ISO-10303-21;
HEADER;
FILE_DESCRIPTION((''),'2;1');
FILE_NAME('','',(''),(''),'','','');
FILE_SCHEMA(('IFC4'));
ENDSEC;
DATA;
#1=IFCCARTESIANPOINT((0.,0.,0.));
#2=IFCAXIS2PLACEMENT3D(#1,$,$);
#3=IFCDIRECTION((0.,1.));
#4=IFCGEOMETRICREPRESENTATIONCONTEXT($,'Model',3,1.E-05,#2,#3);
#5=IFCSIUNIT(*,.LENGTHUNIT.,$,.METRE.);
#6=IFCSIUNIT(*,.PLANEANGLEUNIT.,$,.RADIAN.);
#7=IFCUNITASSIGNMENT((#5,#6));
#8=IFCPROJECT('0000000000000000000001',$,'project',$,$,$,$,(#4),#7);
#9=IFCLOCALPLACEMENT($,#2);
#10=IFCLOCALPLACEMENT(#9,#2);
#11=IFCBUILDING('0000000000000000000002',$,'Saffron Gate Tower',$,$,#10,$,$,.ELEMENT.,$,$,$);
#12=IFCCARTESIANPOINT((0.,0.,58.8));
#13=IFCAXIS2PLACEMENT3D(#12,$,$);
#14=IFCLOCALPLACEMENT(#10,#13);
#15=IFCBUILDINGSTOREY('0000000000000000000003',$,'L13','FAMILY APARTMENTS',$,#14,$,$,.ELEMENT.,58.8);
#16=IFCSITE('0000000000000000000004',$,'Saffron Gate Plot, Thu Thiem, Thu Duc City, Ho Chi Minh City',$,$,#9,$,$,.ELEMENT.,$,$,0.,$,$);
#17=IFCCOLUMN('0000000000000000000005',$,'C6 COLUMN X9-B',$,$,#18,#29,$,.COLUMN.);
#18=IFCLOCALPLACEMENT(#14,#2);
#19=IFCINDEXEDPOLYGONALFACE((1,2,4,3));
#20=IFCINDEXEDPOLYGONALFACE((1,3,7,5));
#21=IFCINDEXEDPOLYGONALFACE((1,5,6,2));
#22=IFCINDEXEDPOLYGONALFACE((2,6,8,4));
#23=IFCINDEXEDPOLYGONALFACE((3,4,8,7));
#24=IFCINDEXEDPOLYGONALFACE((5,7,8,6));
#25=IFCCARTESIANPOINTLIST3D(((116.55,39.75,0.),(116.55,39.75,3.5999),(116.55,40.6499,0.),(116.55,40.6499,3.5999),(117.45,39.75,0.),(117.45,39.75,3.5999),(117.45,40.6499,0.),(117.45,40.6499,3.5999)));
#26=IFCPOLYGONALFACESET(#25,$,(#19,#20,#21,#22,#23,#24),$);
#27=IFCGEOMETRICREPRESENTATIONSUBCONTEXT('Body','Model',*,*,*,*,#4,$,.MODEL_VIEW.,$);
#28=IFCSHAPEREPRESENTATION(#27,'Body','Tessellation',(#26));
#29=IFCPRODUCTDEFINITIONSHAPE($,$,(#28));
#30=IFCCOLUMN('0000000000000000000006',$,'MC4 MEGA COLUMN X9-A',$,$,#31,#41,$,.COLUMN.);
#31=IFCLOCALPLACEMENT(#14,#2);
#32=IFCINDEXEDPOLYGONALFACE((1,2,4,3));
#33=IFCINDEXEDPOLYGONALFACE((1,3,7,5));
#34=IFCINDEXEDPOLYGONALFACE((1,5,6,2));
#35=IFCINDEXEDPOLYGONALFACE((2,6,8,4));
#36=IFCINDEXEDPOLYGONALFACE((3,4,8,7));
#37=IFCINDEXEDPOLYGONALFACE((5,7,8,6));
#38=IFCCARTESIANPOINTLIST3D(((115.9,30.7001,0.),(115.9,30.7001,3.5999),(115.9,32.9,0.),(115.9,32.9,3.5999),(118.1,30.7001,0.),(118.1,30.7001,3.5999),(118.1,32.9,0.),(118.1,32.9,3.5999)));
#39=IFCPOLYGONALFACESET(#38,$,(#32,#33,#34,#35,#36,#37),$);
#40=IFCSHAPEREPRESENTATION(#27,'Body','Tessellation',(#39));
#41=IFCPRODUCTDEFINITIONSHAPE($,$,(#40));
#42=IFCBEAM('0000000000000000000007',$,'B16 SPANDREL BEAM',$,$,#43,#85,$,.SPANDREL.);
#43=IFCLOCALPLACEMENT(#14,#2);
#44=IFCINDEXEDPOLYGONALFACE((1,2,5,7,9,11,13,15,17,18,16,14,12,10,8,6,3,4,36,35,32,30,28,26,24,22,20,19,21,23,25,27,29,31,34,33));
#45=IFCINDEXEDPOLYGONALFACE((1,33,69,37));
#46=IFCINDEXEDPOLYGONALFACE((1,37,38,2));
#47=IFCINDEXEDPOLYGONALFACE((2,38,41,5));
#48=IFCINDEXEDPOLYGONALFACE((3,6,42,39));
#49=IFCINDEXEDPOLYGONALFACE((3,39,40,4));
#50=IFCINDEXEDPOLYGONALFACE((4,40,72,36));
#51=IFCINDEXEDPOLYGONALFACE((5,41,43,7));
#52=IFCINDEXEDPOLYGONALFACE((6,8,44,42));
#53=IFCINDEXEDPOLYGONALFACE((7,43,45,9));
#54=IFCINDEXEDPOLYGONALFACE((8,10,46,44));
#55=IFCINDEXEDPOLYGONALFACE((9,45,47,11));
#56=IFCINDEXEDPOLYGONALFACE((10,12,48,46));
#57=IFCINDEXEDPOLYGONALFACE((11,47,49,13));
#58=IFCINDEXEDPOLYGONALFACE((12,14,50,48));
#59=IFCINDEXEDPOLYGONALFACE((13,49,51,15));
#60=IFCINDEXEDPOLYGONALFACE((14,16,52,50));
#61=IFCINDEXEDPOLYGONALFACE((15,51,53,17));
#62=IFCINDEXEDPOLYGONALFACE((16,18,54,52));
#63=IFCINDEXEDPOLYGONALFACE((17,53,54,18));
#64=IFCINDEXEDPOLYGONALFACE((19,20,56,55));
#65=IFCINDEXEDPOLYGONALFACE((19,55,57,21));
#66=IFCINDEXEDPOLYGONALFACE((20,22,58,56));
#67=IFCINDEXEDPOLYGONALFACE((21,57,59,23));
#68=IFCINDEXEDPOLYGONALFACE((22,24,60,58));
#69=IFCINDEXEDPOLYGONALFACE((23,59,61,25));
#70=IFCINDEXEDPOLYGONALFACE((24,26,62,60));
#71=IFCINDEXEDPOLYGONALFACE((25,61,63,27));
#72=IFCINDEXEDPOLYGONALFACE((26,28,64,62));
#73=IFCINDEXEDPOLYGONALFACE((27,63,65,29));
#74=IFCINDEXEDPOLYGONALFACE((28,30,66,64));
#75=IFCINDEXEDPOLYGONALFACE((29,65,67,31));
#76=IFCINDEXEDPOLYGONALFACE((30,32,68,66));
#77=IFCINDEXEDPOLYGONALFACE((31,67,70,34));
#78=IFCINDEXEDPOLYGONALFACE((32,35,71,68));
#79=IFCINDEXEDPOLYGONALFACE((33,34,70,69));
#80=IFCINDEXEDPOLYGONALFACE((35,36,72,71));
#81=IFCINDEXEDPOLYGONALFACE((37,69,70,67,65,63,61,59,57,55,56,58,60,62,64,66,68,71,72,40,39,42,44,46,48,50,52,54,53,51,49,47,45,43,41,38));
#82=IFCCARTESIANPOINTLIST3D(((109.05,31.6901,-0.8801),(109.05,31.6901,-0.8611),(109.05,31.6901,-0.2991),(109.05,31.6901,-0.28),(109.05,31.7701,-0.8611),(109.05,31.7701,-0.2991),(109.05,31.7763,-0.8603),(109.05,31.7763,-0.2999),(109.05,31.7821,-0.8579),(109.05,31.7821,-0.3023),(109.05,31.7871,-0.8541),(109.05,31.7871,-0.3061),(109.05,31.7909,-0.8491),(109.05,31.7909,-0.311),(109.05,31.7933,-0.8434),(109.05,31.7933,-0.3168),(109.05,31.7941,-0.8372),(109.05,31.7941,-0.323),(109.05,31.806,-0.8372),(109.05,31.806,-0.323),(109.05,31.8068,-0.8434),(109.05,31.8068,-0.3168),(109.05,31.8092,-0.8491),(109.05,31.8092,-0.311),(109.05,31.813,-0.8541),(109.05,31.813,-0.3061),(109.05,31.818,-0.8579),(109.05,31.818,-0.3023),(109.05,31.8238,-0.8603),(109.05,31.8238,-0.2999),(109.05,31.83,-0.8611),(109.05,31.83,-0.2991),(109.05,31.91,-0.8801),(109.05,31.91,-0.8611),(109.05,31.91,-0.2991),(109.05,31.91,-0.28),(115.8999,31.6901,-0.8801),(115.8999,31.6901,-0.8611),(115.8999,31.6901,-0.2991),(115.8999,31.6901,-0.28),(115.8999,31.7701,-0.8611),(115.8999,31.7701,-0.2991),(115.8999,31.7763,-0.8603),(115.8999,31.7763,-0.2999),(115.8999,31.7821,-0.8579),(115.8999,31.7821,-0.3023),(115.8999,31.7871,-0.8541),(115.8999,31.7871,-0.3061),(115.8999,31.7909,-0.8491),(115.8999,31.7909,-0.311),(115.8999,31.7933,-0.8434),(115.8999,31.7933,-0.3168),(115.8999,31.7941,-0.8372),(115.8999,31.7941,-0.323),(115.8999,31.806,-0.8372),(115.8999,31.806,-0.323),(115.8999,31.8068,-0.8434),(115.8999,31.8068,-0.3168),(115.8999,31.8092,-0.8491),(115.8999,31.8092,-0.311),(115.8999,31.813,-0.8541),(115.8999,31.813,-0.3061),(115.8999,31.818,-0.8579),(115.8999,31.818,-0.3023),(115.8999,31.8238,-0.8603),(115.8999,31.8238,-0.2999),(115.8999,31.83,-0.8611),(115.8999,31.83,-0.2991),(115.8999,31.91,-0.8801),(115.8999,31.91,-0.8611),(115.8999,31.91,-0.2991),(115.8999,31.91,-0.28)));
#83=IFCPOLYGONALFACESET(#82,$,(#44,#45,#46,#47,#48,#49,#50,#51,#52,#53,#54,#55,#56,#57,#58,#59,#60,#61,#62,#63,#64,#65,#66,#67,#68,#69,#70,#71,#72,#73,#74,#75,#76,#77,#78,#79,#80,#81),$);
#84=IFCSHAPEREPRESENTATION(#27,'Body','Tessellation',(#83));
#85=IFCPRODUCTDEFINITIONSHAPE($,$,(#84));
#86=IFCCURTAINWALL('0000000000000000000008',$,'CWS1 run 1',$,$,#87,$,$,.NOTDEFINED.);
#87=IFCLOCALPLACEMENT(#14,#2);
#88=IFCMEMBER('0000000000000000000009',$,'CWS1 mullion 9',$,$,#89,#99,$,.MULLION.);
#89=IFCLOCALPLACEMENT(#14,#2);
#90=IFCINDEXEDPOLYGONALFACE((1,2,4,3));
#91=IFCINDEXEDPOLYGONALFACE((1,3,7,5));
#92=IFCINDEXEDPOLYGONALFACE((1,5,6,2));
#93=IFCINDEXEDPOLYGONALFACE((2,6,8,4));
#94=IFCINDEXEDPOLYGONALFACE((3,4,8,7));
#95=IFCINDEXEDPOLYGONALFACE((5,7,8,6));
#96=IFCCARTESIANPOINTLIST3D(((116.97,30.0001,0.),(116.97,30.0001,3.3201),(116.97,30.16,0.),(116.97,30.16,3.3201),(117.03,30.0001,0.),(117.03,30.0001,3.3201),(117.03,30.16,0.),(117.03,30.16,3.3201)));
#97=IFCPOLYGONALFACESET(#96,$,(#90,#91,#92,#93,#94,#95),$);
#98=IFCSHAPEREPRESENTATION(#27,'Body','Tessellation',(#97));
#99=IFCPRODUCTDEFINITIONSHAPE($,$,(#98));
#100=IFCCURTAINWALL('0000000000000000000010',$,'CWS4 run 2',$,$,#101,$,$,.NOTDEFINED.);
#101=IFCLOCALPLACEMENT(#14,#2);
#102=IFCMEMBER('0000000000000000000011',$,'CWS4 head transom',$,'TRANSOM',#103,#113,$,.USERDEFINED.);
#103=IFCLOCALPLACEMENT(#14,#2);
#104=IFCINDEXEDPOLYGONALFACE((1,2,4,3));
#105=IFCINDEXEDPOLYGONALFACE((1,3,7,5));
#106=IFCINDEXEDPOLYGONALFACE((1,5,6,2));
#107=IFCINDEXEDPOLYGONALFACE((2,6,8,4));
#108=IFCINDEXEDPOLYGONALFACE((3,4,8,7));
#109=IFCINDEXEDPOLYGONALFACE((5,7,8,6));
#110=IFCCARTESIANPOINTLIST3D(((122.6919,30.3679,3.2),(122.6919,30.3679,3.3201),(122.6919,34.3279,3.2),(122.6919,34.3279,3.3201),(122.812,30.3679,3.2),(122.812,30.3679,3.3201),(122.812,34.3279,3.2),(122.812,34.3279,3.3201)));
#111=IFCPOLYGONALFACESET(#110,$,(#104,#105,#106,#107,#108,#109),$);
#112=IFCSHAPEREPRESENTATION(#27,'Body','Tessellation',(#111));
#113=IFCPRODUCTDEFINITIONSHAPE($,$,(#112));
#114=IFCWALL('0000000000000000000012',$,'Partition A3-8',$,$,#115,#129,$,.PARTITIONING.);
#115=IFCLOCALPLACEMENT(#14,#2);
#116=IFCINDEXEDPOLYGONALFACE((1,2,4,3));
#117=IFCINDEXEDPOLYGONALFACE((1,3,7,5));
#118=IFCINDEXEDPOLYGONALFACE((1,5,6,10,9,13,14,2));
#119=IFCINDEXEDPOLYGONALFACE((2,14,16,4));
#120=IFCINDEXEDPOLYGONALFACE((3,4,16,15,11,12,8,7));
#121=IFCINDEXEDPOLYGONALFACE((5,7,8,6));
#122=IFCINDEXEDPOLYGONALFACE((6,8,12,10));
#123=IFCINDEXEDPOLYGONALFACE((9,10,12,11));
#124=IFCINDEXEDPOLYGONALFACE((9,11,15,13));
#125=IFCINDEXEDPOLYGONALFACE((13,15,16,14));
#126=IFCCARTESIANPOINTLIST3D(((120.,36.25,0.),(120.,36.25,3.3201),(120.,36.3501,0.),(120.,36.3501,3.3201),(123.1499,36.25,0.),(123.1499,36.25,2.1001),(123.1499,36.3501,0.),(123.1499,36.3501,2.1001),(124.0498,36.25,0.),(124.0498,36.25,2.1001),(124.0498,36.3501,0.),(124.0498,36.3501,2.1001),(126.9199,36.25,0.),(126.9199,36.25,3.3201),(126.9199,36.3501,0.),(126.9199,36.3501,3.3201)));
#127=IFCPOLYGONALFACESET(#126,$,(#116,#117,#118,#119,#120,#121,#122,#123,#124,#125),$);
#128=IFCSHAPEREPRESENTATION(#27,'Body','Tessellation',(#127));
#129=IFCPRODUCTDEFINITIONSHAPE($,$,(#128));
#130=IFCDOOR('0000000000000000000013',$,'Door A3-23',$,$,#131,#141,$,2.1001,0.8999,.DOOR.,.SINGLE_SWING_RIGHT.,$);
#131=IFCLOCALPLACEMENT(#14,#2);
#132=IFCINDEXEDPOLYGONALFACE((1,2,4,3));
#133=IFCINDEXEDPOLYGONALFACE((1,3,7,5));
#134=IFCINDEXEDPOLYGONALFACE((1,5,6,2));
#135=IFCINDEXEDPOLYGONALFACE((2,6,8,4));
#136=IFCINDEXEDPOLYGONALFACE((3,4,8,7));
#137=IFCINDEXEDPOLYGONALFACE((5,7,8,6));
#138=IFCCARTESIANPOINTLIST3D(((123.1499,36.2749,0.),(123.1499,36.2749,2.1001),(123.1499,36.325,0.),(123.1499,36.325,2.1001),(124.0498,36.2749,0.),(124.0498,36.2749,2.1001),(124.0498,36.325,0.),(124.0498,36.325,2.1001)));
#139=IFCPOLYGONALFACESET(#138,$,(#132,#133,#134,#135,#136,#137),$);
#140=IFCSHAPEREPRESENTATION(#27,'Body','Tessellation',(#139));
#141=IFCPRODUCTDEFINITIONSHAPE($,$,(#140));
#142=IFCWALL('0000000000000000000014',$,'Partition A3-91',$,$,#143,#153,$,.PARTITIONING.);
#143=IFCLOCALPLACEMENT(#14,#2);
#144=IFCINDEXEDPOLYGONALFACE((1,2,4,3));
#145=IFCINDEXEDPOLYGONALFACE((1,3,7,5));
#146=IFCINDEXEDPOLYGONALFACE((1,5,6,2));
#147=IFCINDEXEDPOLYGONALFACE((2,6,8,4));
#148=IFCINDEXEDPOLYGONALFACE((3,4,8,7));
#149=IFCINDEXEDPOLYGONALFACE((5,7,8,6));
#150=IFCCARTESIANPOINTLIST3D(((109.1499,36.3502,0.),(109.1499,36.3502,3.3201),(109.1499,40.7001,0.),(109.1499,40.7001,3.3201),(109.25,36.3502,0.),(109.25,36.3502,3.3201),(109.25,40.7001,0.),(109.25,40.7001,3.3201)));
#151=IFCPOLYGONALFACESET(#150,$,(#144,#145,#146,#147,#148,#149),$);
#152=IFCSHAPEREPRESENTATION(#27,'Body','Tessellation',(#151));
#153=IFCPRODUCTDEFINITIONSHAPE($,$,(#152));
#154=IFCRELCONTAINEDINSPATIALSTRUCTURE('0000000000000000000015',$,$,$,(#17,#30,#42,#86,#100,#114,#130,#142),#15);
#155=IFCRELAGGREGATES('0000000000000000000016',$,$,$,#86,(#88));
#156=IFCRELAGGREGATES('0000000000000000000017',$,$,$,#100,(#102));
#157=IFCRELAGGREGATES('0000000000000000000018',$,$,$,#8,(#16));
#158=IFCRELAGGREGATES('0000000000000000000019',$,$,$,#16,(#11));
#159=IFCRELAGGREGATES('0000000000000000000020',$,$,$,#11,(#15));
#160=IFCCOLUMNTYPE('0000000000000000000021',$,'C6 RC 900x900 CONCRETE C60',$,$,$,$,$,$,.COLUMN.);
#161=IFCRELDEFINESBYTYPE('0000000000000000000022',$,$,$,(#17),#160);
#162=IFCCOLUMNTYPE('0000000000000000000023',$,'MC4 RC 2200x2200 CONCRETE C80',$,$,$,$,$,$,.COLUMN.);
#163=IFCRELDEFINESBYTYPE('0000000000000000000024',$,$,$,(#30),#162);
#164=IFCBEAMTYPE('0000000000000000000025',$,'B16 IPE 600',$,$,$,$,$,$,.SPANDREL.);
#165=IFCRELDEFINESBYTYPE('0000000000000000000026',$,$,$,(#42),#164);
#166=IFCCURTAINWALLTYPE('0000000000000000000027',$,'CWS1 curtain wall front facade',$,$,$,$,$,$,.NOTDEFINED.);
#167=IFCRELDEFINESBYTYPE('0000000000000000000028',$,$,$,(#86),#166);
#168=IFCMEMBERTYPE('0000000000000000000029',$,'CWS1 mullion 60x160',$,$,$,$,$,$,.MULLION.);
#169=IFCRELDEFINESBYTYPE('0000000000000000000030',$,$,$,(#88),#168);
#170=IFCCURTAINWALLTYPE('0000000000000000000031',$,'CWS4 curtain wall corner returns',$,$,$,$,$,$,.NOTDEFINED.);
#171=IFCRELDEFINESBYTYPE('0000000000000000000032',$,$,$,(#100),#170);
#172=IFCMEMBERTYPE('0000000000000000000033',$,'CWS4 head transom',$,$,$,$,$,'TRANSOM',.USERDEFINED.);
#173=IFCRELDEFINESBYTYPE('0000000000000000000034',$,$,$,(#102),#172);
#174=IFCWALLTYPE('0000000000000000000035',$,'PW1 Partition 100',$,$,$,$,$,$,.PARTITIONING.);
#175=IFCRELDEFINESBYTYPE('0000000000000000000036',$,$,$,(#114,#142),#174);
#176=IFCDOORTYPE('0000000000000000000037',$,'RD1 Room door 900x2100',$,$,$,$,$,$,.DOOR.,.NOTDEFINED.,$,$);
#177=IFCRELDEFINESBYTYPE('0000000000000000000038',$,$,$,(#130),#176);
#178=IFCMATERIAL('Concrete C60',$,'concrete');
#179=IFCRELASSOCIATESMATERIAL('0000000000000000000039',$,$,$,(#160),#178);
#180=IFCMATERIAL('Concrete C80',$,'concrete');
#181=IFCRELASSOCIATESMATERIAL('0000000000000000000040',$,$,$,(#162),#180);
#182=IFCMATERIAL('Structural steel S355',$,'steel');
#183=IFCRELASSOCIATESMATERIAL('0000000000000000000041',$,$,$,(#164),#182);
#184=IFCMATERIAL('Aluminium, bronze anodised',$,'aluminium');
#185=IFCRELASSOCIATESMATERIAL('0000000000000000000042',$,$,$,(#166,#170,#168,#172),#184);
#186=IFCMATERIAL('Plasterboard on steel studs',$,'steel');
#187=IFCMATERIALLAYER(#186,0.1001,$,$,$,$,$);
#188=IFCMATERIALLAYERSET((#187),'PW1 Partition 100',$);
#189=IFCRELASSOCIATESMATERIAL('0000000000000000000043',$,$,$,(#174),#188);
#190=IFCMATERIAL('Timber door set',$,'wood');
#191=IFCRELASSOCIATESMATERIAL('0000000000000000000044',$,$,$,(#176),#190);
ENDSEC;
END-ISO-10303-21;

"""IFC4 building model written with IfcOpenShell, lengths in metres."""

from ifc_helpers import new_model, si_unit, direction, frame, frame_2d, origin, origin_2d, place, context, subcontext, project, spatial, rectangle, i_section, extrude, material, layer, layer_set, material_profile, profile_set, type_object, element, fill, aggregate, save


model = new_model("IFC4")

# Units and contexts
model_context = context("Model", 3, precision=1e-05, world=origin(), true_north=direction((0.0, 1.0)))
body_context = subcontext(model_context, "Body", "Model", "MODEL_VIEW")
ifc_project = project(units=[si_unit("LENGTHUNIT", "METRE"), si_unit("PLANEANGLEUNIT", "RADIAN")], contexts=[model_context])

# Site, building, storey
site_placement = place(None, origin())
site = spatial("IfcSite", under=ifc_project, at=site_placement, Name="Saffron Gate Plot, Thu Thiem, Thu Duc City, Ho Chi Minh City", CompositionType="ELEMENT", RefElevation=0.0)
building_placement = place(site_placement, origin())
building = spatial("IfcBuilding", under=site, at=building_placement, Name="Saffron Gate Tower", CompositionType="ELEMENT")
storey_placement = place(building_placement, frame((0.0, 0.0, 58.8)))
storey = spatial("IfcBuildingStorey", under=building, at=storey_placement, Name="L13", Description="FAMILY APARTMENTS", CompositionType="ELEMENT", Elevation=58.8)

# Columns
ifc_material_1 = material(Name="Concrete C60", Category="concrete")
ifc_material_profile_1 = material_profile(ifc_material_1, rectangle(XDim=0.8999, YDim=0.8999, at=origin_2d()))
ifc_profile_set_1 = profile_set([ifc_material_profile_1], Name="Concrete C60")
column_type_1 = type_object("IfcColumnType", Name="C6 RC 900x900 CONCRETE C60", PredefinedType="COLUMN", material=ifc_profile_set_1)
column_1_placement = place(storey_placement, frame((117.0, 40.2, 0.0), z_axis=(0.0, 0.0, 1.0), x_axis=(1.0, 0.0, 0.0)))
element("IfcColumn", 1, at=column_1_placement, inside=storey, type_object=column_type_1, Name="C6 COLUMN X9-B", PredefinedType="COLUMN", context=body_context, shape_type="SweptSolid", body=[
    extrude(rectangle(XDim=0.8999, YDim=0.8999, at=origin_2d()), origin(), (0.0, 0.0, 1.0), 3.5999),
])
ifc_material_2 = material(Name="Concrete C80", Category="concrete")
ifc_material_profile_2 = material_profile(ifc_material_2, rectangle(XDim=2.2, YDim=2.2, at=origin_2d()))
ifc_profile_set_2 = profile_set([ifc_material_profile_2], Name="Concrete C80")
column_type_2 = type_object("IfcColumnType", Name="MC4 RC 2200x2200 CONCRETE C80", PredefinedType="COLUMN", material=ifc_profile_set_2)
column_2_placement = place(storey_placement, frame((117.0, 31.8, 0.0), z_axis=(0.0, 0.0, 1.0), x_axis=(1.0, 0.0, 0.0)))
element("IfcColumn", 2, at=column_2_placement, inside=storey, type_object=column_type_2, Name="MC4 MEGA COLUMN X9-A", PredefinedType="COLUMN", context=body_context, shape_type="SweptSolid", body=[
    extrude(rectangle(XDim=2.2, YDim=2.2, at=origin_2d()), origin(), (0.0, 0.0, 1.0), 3.5999),
])

# Beam
ifc_material_3 = material(Name="Structural steel S355", Category="steel")
ifc_material_profile_3 = material_profile(ifc_material_3, i_section(OverallWidth=0.22, OverallDepth=0.6001, WebThickness=0.012, FlangeThickness=0.019, FilletRadius=0.0239, at=origin_2d()))
ifc_profile_set_3 = profile_set([ifc_material_profile_3], Name="Structural steel S355")
beam_type = type_object("IfcBeamType", Name="B16 IPE 600", PredefinedType="SPANDREL", material=ifc_profile_set_3)
beam_placement = place(storey_placement, frame((109.05, 31.8, -0.5801), z_axis=(1.0, 0.0, 0.0), x_axis=(0.0, 1.0, 0.0)))
element("IfcBeam", 3, at=beam_placement, inside=storey, type_object=beam_type, Name="B16 SPANDREL BEAM", PredefinedType="SPANDREL", context=body_context, shape_type="SweptSolid", body=[
    extrude(i_section(OverallWidth=0.22, OverallDepth=0.6001, WebThickness=0.012, FlangeThickness=0.019, FilletRadius=0.0239, at=origin_2d()), origin(), (0.0, 0.0, 1.0), 6.8499),
])

# Curtain walls, members
ifc_material_4 = material(Name="Aluminium, bronze anodised", Category="aluminium")
curtain_wall_type_1 = type_object("IfcCurtainWallType", Name="CWS1 curtain wall front facade", PredefinedType="NOTDEFINED", material=ifc_material_4)
curtain_wall_1_placement = place(storey_placement, origin())
curtain_wall_1 = element("IfcCurtainWall", 4, at=curtain_wall_1_placement, inside=storey, type_object=curtain_wall_type_1, Name="CWS1 run 1", PredefinedType="NOTDEFINED")
ifc_material_profile_4 = material_profile(ifc_material_4, rectangle(XDim=0.1599, YDim=0.0601, at=origin_2d()))
ifc_profile_set_4 = profile_set([ifc_material_profile_4], Name="Aluminium, bronze anodised")
member_type_1 = type_object("IfcMemberType", Name="CWS1 mullion 60x160", PredefinedType="MULLION", material=ifc_profile_set_4)
member_1_placement = place(storey_placement, frame((117.0, 30.0801, 0.0), z_axis=(0.0, 0.0, 1.0), x_axis=(0.0, 1.0, 0.0)))
member_1 = element("IfcMember", 5, at=member_1_placement, type_object=member_type_1, Name="CWS1 mullion 9", PredefinedType="MULLION", context=body_context, shape_type="SweptSolid", body=[
    extrude(rectangle(XDim=0.1599, YDim=0.0601, at=origin_2d()), origin(), (0.0, 0.0, 1.0), 3.3201),
])
aggregate(curtain_wall_1, [member_1])
curtain_wall_type_2 = type_object("IfcCurtainWallType", Name="CWS4 curtain wall corner returns", PredefinedType="NOTDEFINED", material=ifc_material_4)
curtain_wall_2_placement = place(storey_placement, origin())
curtain_wall_2 = element("IfcCurtainWall", 6, at=curtain_wall_2_placement, inside=storey, type_object=curtain_wall_type_2, Name="CWS4 run 2", PredefinedType="NOTDEFINED")
ifc_material_profile_5 = material_profile(ifc_material_4, rectangle(XDim=0.1201, YDim=0.1201, at=origin_2d()))
ifc_profile_set_5 = profile_set([ifc_material_profile_5], Name="Aluminium, bronze anodised")
member_type_2 = type_object("IfcMemberType", Name="CWS4 head transom", ElementType="TRANSOM", PredefinedType="USERDEFINED", material=ifc_profile_set_5)
member_2_placement = place(storey_placement, frame((122.752, 30.3679, 3.26), z_axis=(0.0, 1.0, 0.0), x_axis=(-1.0, 0.0, 0.0)))
member_2 = element("IfcMember", 7, at=member_2_placement, type_object=member_type_2, Name="CWS4 head transom", ObjectType="TRANSOM", PredefinedType="USERDEFINED", context=body_context, shape_type="SweptSolid", body=[
    extrude(rectangle(XDim=0.1201, YDim=0.1201, at=origin_2d()), origin(), (0.0, 0.0, 1.0), 3.96),
])
aggregate(curtain_wall_2, [member_2])

# Wall, opening, door
ifc_material_5 = material(Name="Plasterboard on steel studs", Category="steel")
ifc_layer = layer(ifc_material_5, 0.1001)
ifc_layer_set = layer_set([ifc_layer], Name="PW1 Partition 100")
wall_type = type_object("IfcWallType", Name="PW1 Partition 100", PredefinedType="PARTITIONING", material=ifc_layer_set)
wall_1_placement = place(storey_placement, frame((120.0, 36.3, 0.0), z_axis=(0.0, 0.0, 1.0), x_axis=(1.0, 0.0, 0.0)))
wall_1 = element("IfcWall", 8, at=wall_1_placement, inside=storey, type_object=wall_type, Name="Partition A3-8", PredefinedType="PARTITIONING", context=body_context, shape_type="SweptSolid", body=[
    extrude(rectangle(XDim=6.9199, YDim=0.1001, at=frame_2d((3.46, 0.0))), origin(), (0.0, 0.0, 1.0), 3.3201),
])
opening_1_placement = place(wall_1_placement, frame((3.1499, 0.0, 0.0)))
opening_1 = element("IfcOpeningElement", 9, at=opening_1_placement, cuts=wall_1, PredefinedType="OPENING", context=body_context, shape_type="SweptSolid", body=[
    extrude(rectangle(XDim=0.8999, YDim=2.1001, at=frame_2d((0.45, 1.05))), frame((0.0, 0.0601, 0.0), z_axis=(0.0, -1.0, 0.0), x_axis=(1.0, 0.0, 0.0)), (0.0, 0.0, 1.0), 0.1201),
])
ifc_material_6 = material(Name="Timber door set", Category="wood")
door_type = type_object("IfcDoorType", Name="RD1 Room door 900x2100", OperationType="NOTDEFINED", PredefinedType="DOOR", material=ifc_material_6)
door_1_placement = place(opening_1_placement, origin())
door_1 = element("IfcDoor", 10, at=door_1_placement, inside=storey, type_object=door_type, Name="Door A3-23", OperationType="SINGLE_SWING_RIGHT", OverallHeight=2.1001, OverallWidth=0.8999, PredefinedType="DOOR", context=body_context, shape_type="SweptSolid", body=[
    extrude(rectangle(XDim=0.8999, YDim=2.1001, at=frame_2d((0.45, 1.05))), frame((0.0, 0.0249, 0.0), z_axis=(0.0, -1.0, 0.0), x_axis=(1.0, 0.0, 0.0)), (0.0, 0.0, 1.0), 0.05),
])
fill(opening_1, door_1)

# Wall
wall_2_placement = place(storey_placement, frame((109.2, 40.7, 0.0), z_axis=(0.0, 0.0, 1.0), x_axis=(0.0, -1.0, 0.0)))
element("IfcWall", 11, at=wall_2_placement, inside=storey, type_object=wall_type, Name="Partition A3-91", PredefinedType="PARTITIONING", context=body_context, shape_type="SweptSolid", body=[
    extrude(rectangle(XDim=4.3499, YDim=0.1001, at=frame_2d((2.1748, 0.0))), origin(), (0.0, 0.0, 1.0), 3.3201),
])

save(model, "model.ifc")
